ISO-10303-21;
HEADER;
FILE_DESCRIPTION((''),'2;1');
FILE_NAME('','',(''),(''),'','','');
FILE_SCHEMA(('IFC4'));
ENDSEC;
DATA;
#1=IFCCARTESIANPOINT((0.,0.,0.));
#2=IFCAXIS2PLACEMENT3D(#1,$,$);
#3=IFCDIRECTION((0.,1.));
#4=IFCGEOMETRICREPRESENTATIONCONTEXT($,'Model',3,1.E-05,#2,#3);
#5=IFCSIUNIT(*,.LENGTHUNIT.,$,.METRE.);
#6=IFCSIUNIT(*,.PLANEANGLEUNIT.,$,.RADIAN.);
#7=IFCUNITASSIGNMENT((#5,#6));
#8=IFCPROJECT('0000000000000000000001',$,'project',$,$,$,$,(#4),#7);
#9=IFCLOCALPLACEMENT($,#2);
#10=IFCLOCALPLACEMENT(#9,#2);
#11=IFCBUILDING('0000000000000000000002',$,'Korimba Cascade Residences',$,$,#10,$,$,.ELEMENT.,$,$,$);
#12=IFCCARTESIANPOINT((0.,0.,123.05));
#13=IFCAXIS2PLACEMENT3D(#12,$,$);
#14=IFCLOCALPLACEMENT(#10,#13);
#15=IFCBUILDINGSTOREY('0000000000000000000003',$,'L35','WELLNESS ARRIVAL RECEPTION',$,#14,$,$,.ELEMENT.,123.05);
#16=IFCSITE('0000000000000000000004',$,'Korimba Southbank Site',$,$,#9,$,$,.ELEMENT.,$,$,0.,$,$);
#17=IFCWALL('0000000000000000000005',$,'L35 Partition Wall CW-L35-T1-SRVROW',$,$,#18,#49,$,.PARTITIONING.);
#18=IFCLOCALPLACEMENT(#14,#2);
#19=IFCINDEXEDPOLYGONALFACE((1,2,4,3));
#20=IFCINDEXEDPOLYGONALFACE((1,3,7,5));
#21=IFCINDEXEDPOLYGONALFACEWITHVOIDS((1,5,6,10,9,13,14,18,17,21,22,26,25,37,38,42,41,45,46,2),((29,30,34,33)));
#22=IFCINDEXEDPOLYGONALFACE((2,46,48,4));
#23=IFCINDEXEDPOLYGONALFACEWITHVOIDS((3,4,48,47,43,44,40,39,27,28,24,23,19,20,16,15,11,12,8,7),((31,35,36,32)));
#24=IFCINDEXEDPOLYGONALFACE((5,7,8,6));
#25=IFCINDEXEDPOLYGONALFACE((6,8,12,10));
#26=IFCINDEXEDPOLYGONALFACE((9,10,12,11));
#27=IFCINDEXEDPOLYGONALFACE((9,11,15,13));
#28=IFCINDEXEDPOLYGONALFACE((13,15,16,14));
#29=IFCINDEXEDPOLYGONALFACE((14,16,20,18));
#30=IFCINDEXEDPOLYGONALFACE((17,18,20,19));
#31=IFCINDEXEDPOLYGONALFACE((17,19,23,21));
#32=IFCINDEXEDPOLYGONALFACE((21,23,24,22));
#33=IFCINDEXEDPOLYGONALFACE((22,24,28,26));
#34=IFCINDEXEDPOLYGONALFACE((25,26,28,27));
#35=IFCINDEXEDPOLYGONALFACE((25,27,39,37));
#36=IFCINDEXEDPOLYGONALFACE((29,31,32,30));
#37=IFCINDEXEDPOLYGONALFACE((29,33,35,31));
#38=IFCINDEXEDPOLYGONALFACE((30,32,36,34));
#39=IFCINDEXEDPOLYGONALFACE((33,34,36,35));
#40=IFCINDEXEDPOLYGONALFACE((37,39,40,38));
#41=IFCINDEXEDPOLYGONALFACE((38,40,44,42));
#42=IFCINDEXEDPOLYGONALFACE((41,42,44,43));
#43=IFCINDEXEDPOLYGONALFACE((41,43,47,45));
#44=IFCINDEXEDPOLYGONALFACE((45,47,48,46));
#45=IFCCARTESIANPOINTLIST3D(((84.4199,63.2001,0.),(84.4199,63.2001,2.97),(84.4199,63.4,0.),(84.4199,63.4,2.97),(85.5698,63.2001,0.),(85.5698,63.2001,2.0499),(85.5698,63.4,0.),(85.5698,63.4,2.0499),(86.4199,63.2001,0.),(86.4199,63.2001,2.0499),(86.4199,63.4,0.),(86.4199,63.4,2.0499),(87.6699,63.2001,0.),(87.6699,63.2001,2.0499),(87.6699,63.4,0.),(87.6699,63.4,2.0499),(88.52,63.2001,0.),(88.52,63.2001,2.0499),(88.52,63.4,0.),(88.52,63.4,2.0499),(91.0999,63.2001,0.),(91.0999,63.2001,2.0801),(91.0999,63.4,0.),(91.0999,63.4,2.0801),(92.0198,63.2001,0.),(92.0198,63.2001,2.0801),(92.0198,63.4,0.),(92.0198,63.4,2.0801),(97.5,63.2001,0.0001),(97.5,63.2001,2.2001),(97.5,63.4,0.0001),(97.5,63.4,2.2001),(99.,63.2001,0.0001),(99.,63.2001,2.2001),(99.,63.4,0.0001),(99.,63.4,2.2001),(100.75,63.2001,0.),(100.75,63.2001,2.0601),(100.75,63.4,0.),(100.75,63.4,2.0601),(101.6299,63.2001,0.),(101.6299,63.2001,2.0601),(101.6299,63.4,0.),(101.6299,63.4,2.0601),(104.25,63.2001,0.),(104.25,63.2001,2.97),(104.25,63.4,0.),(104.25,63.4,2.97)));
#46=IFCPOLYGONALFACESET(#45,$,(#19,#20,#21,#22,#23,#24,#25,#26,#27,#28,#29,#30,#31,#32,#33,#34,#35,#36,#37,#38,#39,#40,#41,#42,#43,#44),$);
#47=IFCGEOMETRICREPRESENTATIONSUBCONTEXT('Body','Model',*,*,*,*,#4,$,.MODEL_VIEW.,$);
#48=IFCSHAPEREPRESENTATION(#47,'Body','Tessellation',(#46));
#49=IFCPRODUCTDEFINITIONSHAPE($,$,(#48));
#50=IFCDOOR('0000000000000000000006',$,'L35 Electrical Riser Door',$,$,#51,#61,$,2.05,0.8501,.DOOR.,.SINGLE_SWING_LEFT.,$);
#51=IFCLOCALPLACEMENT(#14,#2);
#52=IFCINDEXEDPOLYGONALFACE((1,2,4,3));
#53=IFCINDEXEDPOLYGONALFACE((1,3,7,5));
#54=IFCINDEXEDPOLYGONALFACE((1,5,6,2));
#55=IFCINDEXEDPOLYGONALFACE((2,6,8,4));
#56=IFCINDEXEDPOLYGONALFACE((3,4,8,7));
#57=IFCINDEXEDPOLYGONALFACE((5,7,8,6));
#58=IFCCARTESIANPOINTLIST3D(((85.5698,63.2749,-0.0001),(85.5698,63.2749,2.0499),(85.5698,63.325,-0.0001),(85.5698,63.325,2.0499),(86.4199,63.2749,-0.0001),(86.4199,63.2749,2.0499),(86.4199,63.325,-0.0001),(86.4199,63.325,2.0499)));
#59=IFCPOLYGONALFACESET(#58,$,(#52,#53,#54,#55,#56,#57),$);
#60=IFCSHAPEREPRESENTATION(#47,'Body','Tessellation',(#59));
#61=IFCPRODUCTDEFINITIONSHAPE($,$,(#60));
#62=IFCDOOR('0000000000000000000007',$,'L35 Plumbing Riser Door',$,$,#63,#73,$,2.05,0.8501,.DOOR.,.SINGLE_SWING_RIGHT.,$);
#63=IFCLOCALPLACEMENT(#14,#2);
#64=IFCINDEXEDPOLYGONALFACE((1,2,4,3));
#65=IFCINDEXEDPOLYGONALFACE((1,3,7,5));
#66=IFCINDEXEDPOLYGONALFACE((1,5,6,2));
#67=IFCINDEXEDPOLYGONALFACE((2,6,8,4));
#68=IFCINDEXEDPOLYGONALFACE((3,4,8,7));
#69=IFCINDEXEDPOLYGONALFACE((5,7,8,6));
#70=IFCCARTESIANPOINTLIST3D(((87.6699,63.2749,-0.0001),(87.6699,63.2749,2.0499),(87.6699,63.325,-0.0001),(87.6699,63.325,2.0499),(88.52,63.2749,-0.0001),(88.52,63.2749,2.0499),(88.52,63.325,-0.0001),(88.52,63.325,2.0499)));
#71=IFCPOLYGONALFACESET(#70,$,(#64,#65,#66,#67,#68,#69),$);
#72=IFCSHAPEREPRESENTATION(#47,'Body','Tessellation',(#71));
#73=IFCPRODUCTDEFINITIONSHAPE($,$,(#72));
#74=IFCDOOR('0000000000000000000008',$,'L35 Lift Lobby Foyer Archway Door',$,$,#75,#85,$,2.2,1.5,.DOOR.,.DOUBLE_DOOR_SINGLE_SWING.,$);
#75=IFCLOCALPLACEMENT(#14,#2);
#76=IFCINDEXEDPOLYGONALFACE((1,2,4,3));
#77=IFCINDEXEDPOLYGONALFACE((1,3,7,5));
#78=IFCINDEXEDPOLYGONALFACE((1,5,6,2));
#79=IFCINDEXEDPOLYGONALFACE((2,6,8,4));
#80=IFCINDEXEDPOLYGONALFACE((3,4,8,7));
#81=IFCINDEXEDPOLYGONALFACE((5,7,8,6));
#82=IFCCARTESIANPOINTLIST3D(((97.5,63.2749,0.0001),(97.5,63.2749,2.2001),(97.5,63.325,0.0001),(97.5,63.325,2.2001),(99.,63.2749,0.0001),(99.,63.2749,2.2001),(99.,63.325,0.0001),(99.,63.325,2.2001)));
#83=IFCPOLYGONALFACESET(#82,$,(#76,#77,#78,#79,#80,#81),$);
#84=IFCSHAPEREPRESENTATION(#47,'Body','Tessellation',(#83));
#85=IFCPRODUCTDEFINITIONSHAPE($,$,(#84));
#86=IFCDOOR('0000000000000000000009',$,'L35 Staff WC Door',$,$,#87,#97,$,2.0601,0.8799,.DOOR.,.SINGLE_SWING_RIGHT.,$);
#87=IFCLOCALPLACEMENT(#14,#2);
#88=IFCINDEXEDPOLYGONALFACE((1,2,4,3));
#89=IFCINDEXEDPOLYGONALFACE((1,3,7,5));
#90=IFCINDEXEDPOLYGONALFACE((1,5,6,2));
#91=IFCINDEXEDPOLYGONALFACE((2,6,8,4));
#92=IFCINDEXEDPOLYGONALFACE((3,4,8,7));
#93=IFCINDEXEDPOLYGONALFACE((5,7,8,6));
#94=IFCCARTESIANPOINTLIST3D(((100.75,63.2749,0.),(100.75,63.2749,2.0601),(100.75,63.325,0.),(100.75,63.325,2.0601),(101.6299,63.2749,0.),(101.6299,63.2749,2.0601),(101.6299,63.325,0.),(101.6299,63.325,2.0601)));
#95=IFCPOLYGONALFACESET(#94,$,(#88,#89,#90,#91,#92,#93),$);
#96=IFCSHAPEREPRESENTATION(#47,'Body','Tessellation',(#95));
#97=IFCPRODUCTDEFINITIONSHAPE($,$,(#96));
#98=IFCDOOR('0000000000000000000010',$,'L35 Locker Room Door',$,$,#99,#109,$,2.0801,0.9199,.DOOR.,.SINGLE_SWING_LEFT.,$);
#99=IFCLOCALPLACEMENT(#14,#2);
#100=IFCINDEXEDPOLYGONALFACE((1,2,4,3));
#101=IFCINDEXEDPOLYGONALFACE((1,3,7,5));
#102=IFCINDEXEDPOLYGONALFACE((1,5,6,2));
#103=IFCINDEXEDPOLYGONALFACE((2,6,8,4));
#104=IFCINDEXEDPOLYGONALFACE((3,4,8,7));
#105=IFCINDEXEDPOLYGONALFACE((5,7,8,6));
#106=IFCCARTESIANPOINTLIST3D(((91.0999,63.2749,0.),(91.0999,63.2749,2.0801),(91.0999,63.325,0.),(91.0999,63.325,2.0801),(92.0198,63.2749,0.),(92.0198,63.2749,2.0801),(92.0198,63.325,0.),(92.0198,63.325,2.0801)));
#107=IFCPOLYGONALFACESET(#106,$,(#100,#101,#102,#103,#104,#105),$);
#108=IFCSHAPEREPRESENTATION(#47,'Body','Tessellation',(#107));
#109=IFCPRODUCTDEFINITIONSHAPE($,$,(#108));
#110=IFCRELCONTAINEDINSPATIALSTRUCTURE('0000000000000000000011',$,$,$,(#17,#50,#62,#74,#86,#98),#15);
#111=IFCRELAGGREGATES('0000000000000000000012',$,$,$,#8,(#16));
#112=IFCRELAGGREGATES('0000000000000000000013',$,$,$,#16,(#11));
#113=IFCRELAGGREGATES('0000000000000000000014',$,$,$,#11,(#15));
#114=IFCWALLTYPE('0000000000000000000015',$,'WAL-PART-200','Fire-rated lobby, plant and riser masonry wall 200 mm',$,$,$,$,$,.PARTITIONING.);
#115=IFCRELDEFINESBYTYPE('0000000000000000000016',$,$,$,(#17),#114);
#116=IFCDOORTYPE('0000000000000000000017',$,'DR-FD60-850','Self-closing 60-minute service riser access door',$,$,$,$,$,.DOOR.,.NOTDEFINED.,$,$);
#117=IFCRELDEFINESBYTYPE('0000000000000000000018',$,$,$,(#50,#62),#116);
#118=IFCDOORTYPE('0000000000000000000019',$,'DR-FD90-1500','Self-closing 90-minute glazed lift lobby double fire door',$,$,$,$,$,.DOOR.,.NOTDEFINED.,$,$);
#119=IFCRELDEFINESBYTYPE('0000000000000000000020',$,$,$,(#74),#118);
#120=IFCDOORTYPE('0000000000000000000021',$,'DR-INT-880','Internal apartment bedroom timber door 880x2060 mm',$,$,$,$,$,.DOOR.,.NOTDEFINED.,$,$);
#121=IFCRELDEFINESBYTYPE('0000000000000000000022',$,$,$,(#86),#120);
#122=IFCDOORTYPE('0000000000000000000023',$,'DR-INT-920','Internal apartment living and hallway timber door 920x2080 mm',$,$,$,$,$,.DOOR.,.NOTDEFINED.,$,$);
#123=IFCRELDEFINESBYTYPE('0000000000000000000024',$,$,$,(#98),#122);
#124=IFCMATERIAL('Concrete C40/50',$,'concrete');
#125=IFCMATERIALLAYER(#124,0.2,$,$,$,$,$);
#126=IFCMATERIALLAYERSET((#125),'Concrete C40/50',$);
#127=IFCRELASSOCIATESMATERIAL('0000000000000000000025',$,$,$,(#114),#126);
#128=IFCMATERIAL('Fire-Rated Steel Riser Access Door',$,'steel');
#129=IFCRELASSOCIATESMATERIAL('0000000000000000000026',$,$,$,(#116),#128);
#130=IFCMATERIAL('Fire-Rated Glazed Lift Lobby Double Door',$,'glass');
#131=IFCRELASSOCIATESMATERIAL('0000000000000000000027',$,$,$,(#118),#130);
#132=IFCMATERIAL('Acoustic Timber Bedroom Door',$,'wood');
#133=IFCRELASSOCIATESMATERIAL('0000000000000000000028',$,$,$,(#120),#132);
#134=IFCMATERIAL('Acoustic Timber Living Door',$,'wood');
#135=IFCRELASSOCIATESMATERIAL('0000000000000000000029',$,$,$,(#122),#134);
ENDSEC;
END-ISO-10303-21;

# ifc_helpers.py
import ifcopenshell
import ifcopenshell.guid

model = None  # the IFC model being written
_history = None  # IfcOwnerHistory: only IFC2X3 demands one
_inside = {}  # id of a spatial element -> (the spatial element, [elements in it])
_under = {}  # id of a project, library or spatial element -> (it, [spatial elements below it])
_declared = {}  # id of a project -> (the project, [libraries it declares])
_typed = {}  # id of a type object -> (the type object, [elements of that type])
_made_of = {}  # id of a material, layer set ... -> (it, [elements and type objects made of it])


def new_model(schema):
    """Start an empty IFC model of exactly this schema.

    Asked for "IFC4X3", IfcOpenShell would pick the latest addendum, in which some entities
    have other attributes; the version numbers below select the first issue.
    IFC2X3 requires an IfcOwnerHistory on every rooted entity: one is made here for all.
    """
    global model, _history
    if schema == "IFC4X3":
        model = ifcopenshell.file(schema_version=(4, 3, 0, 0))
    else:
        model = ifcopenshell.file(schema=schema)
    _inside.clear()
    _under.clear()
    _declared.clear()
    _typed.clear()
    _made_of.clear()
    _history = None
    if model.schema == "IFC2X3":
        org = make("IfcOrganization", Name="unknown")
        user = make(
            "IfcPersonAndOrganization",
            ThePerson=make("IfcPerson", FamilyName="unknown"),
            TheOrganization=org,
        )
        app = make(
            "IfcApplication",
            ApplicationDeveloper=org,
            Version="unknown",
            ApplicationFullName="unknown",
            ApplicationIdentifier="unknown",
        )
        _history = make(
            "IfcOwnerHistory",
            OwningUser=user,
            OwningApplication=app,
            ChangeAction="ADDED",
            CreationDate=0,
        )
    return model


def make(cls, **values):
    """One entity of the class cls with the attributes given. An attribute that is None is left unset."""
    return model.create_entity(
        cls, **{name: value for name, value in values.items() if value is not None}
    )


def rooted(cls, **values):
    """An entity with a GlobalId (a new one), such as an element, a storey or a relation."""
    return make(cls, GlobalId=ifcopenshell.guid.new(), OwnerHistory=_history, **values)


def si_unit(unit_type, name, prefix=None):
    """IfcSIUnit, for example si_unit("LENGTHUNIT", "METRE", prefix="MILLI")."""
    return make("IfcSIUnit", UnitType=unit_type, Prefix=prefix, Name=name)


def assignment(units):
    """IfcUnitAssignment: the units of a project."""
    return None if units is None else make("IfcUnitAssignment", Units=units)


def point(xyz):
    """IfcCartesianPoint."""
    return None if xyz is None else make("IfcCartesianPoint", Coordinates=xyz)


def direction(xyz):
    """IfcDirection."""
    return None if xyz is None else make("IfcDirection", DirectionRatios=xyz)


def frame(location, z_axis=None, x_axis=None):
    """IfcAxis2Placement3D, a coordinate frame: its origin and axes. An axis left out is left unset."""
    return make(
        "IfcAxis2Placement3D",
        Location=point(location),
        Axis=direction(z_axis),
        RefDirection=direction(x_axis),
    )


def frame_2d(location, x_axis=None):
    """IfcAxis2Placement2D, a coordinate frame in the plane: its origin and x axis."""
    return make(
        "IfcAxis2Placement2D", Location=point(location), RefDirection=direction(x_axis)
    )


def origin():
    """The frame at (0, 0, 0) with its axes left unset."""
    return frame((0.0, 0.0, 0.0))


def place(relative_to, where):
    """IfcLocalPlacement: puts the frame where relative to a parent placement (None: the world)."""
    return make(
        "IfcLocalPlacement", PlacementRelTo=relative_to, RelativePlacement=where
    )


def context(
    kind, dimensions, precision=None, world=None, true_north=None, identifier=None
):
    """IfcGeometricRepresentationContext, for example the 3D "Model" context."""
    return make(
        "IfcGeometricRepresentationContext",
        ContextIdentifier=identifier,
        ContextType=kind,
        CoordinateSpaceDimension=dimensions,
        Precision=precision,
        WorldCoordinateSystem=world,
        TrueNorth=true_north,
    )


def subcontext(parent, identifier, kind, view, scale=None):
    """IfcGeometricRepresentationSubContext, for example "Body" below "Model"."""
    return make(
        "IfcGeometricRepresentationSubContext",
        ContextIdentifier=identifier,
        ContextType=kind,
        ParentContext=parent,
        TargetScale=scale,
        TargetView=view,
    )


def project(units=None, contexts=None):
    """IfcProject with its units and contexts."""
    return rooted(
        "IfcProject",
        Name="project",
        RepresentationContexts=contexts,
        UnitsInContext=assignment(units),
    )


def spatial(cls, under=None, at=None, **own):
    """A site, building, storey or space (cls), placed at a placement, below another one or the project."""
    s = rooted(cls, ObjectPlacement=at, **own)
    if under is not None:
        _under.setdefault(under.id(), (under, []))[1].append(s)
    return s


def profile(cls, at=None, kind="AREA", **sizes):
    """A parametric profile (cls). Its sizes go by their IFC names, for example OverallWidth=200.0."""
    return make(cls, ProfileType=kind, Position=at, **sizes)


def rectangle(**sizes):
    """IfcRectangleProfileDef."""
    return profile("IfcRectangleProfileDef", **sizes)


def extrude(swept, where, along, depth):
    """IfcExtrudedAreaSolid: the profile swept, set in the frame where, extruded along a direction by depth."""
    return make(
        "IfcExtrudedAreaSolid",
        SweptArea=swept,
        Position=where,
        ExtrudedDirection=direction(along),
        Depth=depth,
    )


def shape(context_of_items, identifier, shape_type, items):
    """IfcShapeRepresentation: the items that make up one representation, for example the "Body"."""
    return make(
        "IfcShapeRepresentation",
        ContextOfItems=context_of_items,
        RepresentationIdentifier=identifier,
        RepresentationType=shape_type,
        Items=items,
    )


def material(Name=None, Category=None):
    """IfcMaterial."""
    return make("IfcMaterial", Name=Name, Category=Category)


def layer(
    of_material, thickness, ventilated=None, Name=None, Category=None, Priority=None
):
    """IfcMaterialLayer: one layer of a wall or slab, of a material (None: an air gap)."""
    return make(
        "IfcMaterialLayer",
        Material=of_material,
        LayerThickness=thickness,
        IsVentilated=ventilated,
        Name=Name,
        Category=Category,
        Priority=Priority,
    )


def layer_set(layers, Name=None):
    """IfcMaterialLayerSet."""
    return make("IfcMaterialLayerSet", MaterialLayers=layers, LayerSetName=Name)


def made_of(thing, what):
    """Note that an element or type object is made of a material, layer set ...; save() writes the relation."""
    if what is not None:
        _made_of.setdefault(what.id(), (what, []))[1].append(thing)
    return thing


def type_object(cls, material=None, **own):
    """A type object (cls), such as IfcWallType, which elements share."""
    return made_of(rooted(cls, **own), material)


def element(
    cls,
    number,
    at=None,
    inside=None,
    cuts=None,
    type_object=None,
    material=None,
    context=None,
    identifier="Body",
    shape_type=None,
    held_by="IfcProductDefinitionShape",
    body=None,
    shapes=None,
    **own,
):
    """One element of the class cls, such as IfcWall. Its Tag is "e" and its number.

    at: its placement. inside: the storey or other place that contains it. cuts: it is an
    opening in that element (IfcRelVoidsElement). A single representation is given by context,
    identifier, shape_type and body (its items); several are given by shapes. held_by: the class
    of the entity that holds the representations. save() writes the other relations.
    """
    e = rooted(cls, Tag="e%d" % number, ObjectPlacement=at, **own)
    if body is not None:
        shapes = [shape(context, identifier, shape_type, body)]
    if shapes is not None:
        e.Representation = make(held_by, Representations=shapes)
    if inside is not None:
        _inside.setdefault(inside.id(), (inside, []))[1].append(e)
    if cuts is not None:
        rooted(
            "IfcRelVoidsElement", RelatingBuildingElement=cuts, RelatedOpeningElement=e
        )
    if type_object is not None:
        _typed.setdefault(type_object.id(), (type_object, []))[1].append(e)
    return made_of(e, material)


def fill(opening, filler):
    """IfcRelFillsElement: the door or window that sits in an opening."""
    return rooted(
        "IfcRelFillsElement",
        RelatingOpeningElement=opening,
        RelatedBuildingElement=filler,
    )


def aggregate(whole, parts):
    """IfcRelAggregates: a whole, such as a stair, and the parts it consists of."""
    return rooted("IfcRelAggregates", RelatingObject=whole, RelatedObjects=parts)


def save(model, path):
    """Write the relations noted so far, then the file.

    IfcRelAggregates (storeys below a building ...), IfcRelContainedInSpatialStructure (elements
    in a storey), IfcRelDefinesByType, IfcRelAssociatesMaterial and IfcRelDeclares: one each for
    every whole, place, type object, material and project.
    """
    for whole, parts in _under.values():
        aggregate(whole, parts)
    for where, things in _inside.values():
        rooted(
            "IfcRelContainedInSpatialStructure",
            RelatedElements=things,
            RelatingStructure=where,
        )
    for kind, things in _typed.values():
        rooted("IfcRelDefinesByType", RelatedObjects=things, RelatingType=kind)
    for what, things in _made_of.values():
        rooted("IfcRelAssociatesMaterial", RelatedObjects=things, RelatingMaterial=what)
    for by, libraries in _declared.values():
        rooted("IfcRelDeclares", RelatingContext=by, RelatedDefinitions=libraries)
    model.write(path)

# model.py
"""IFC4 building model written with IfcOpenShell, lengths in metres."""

from ifc_helpers import new_model, si_unit, direction, frame, frame_2d, origin, place, context, subcontext, project, spatial, rectangle, extrude, material, layer, layer_set, type_object, element, fill, save


model = new_model("IFC4")

# Units and contexts
model_context = context("Model", 3, precision=1e-05, world=origin(), true_north=direction((0.0, 1.0)))
body_context = subcontext(model_context, "Body", "Model", "MODEL_VIEW")
ifc_project = project(units=[si_unit("LENGTHUNIT", "METRE"), si_unit("PLANEANGLEUNIT", "RADIAN")], contexts=[model_context])

# Site, building, storey
site_placement = place(None, origin())
site = spatial("IfcSite", under=ifc_project, at=site_placement, Name="Korimba Southbank Site", CompositionType="ELEMENT", RefElevation=0.0)
building_placement = place(site_placement, origin())
building = spatial("IfcBuilding", under=site, at=building_placement, Name="Korimba Cascade Residences", CompositionType="ELEMENT")
storey_placement = place(building_placement, frame((0.0, 0.0, 123.05)))
storey = spatial("IfcBuildingStorey", under=building, at=storey_placement, Name="L35", Description="WELLNESS ARRIVAL RECEPTION", CompositionType="ELEMENT", Elevation=123.05)

# Shared definitions
ifc_material_1 = material(Name="Concrete C40/50", Category="concrete")
ifc_layer_1 = layer(ifc_material_1, 0.2)
ifc_layer_set_1 = layer_set([ifc_layer_1], Name="Concrete C40/50")
wall_type_1 = type_object("IfcWallType", Name="WAL-PART-200", Description="Fire-rated lobby, plant and riser masonry wall 200 mm", PredefinedType="PARTITIONING", material=ifc_layer_set_1)

# Wall, openings, doors
wall_1_placement = place(storey_placement, frame((84.4199, 63.3, 0.0), z_axis=(0.0, 0.0, 1.0), x_axis=(1.0, 0.0, 0.0)))
wall_1 = element("IfcWall", 1, at=wall_1_placement, inside=storey, type_object=wall_type_1, Name="L35 Partition Wall CW-L35-T1-SRVROW", PredefinedType="PARTITIONING", context=body_context, shape_type="SweptSolid", body=[
    extrude(rectangle(XDim=19.8301, YDim=0.2, at=frame_2d((9.915, 0.0))), origin(), (0.0, 0.0, 1.0), 2.97),
])
opening_1_placement = place(wall_1_placement, frame((1.1499, 0.0, 0.0)))
opening_1 = element("IfcOpeningElement", 2, at=opening_1_placement, cuts=wall_1, PredefinedType="OPENING", context=body_context, shape_type="SweptSolid", body=[
    extrude(rectangle(XDim=0.8501, YDim=2.05, at=frame_2d((0.425, 1.0249))), frame((0.0, 0.1099, 0.0), z_axis=(0.0, -1.0, 0.0), x_axis=(1.0, 0.0, 0.0)), (0.0, 0.0, 1.0), 0.22),
])
opening_2_placement = place(wall_1_placement, frame((3.25, 0.0, 0.0)))
opening_2 = element("IfcOpeningElement", 3, at=opening_2_placement, cuts=wall_1, PredefinedType="OPENING", context=body_context, shape_type="SweptSolid", body=[
    extrude(rectangle(XDim=0.8501, YDim=2.05, at=frame_2d((0.425, 1.0249))), frame((0.0, 0.1099, 0.0), z_axis=(0.0, -1.0, 0.0), x_axis=(1.0, 0.0, 0.0)), (0.0, 0.0, 1.0), 0.22),
])
opening_3_placement = place(wall_1_placement, frame((13.0801, 0.0, 0.0)))
opening_3 = element("IfcOpeningElement", 4, at=opening_3_placement, cuts=wall_1, PredefinedType="OPENING", context=body_context, shape_type="SweptSolid", body=[
    extrude(rectangle(XDim=1.5, YDim=2.2, at=frame_2d((0.75, 1.1001))), frame((0.0, 0.1099, 0.0), z_axis=(0.0, -1.0, 0.0), x_axis=(1.0, 0.0, 0.0)), (0.0, 0.0, 1.0), 0.22),
])
opening_4_placement = place(wall_1_placement, frame((6.6799, 0.0, 0.0)))
opening_4 = element("IfcOpeningElement", 5, at=opening_4_placement, cuts=wall_1, PredefinedType="OPENING", context=body_context, shape_type="SweptSolid", body=[
    extrude(rectangle(XDim=0.9199, YDim=2.0801, at=frame_2d((0.46, 1.04))), frame((0.0, 0.1099, 0.0), z_axis=(0.0, -1.0, 0.0), x_axis=(1.0, 0.0, 0.0)), (0.0, 0.0, 1.0), 0.22),
])
opening_5_placement = place(wall_1_placement, frame((16.3301, 0.0, 0.0)))
opening_5 = element("IfcOpeningElement", 6, at=opening_5_placement, cuts=wall_1, PredefinedType="OPENING", context=body_context, shape_type="SweptSolid", body=[
    extrude(rectangle(XDim=0.8799, YDim=2.0601, at=frame_2d((0.4399, 1.03))), frame((0.0, 0.1099, 0.0), z_axis=(0.0, -1.0, 0.0), x_axis=(1.0, 0.0, 0.0)), (0.0, 0.0, 1.0), 0.22),
])
ifc_material_2 = material(Name="Fire-Rated Steel Riser Access Door", Category="steel")
door_type_1 = type_object("IfcDoorType", Name="DR-FD60-850", Description="Self-closing 60-minute service riser access door", OperationType="NOTDEFINED", PredefinedType="DOOR", material=ifc_material_2)
door_1_placement = place(opening_1_placement, origin())
door_1 = element("IfcDoor", 7, at=door_1_placement, inside=storey, type_object=door_type_1, Name="L35 Electrical Riser Door", OperationType="SINGLE_SWING_LEFT", OverallHeight=2.05, OverallWidth=0.8501, PredefinedType="DOOR", context=body_context, shape_type="SweptSolid", body=[
    extrude(rectangle(XDim=0.8501, YDim=2.05, at=frame_2d((0.425, 1.0249))), frame((0.0, 0.0249, 0.0), z_axis=(0.0, -1.0, 0.0), x_axis=(1.0, 0.0, 0.0)), (0.0, 0.0, 1.0), 0.05),
])
fill(opening_1, door_1)
door_2_placement = place(opening_2_placement, origin())
door_2 = element("IfcDoor", 8, at=door_2_placement, inside=storey, type_object=door_type_1, Name="L35 Plumbing Riser Door", OperationType="SINGLE_SWING_RIGHT", OverallHeight=2.05, OverallWidth=0.8501, PredefinedType="DOOR", context=body_context, shape_type="SweptSolid", body=[
    extrude(rectangle(XDim=0.8501, YDim=2.05, at=frame_2d((0.425, 1.0249))), frame((0.0, 0.0249, 0.0), z_axis=(0.0, -1.0, 0.0), x_axis=(1.0, 0.0, 0.0)), (0.0, 0.0, 1.0), 0.05),
])
fill(opening_2, door_2)
ifc_material_3 = material(Name="Fire-Rated Glazed Lift Lobby Double Door", Category="glass")
door_type_2 = type_object("IfcDoorType", Name="DR-FD90-1500", Description="Self-closing 90-minute glazed lift lobby double fire door", OperationType="NOTDEFINED", PredefinedType="DOOR", material=ifc_material_3)
door_3_placement = place(opening_3_placement, origin())
door_3 = element("IfcDoor", 9, at=door_3_placement, inside=storey, type_object=door_type_2, Name="L35 Lift Lobby Foyer Archway Door", OperationType="DOUBLE_DOOR_SINGLE_SWING", OverallHeight=2.2, OverallWidth=1.5, PredefinedType="DOOR", context=body_context, shape_type="SweptSolid", body=[
    extrude(rectangle(XDim=1.5, YDim=2.2, at=frame_2d((0.75, 1.1001))), frame((0.0, 0.0249, 0.0), z_axis=(0.0, -1.0, 0.0), x_axis=(1.0, 0.0, 0.0)), (0.0, 0.0, 1.0), 0.05),
])
fill(opening_3, door_3)
ifc_material_4 = material(Name="Acoustic Timber Bedroom Door", Category="wood")
door_type_3 = type_object("IfcDoorType", Name="DR-INT-880", Description="Internal apartment bedroom timber door 880x2060 mm", OperationType="NOTDEFINED", PredefinedType="DOOR", material=ifc_material_4)
door_4_placement = place(opening_5_placement, origin())
door_4 = element("IfcDoor", 10, at=door_4_placement, inside=storey, type_object=door_type_3, Name="L35 Staff WC Door", OperationType="SINGLE_SWING_RIGHT", OverallHeight=2.0601, OverallWidth=0.8799, PredefinedType="DOOR", context=body_context, shape_type="SweptSolid", body=[
    extrude(rectangle(XDim=0.8799, YDim=2.0601, at=frame_2d((0.4399, 1.03))), frame((0.0, 0.0249, 0.0), z_axis=(0.0, -1.0, 0.0), x_axis=(1.0, 0.0, 0.0)), (0.0, 0.0, 1.0), 0.05),
])
fill(opening_5, door_4)
ifc_material_5 = material(Name="Acoustic Timber Living Door", Category="wood")
door_type_4 = type_object("IfcDoorType", Name="DR-INT-920", Description="Internal apartment living and hallway timber door 920x2080 mm", OperationType="NOTDEFINED", PredefinedType="DOOR", material=ifc_material_5)
door_5_placement = place(opening_4_placement, origin())
door_5 = element("IfcDoor", 11, at=door_5_placement, inside=storey, type_object=door_type_4, Name="L35 Locker Room Door", OperationType="SINGLE_SWING_LEFT", OverallHeight=2.0801, OverallWidth=0.9199, PredefinedType="DOOR", context=body_context, shape_type="SweptSolid", body=[
    extrude(rectangle(XDim=0.9199, YDim=2.0801, at=frame_2d((0.46, 1.04))), frame((0.0, 0.0249, 0.0), z_axis=(0.0, -1.0, 0.0), x_axis=(1.0, 0.0, 0.0)), (0.0, 0.0, 1.0), 0.05),
])
fill(opening_4, door_5)

save(model, "model.ifc")
